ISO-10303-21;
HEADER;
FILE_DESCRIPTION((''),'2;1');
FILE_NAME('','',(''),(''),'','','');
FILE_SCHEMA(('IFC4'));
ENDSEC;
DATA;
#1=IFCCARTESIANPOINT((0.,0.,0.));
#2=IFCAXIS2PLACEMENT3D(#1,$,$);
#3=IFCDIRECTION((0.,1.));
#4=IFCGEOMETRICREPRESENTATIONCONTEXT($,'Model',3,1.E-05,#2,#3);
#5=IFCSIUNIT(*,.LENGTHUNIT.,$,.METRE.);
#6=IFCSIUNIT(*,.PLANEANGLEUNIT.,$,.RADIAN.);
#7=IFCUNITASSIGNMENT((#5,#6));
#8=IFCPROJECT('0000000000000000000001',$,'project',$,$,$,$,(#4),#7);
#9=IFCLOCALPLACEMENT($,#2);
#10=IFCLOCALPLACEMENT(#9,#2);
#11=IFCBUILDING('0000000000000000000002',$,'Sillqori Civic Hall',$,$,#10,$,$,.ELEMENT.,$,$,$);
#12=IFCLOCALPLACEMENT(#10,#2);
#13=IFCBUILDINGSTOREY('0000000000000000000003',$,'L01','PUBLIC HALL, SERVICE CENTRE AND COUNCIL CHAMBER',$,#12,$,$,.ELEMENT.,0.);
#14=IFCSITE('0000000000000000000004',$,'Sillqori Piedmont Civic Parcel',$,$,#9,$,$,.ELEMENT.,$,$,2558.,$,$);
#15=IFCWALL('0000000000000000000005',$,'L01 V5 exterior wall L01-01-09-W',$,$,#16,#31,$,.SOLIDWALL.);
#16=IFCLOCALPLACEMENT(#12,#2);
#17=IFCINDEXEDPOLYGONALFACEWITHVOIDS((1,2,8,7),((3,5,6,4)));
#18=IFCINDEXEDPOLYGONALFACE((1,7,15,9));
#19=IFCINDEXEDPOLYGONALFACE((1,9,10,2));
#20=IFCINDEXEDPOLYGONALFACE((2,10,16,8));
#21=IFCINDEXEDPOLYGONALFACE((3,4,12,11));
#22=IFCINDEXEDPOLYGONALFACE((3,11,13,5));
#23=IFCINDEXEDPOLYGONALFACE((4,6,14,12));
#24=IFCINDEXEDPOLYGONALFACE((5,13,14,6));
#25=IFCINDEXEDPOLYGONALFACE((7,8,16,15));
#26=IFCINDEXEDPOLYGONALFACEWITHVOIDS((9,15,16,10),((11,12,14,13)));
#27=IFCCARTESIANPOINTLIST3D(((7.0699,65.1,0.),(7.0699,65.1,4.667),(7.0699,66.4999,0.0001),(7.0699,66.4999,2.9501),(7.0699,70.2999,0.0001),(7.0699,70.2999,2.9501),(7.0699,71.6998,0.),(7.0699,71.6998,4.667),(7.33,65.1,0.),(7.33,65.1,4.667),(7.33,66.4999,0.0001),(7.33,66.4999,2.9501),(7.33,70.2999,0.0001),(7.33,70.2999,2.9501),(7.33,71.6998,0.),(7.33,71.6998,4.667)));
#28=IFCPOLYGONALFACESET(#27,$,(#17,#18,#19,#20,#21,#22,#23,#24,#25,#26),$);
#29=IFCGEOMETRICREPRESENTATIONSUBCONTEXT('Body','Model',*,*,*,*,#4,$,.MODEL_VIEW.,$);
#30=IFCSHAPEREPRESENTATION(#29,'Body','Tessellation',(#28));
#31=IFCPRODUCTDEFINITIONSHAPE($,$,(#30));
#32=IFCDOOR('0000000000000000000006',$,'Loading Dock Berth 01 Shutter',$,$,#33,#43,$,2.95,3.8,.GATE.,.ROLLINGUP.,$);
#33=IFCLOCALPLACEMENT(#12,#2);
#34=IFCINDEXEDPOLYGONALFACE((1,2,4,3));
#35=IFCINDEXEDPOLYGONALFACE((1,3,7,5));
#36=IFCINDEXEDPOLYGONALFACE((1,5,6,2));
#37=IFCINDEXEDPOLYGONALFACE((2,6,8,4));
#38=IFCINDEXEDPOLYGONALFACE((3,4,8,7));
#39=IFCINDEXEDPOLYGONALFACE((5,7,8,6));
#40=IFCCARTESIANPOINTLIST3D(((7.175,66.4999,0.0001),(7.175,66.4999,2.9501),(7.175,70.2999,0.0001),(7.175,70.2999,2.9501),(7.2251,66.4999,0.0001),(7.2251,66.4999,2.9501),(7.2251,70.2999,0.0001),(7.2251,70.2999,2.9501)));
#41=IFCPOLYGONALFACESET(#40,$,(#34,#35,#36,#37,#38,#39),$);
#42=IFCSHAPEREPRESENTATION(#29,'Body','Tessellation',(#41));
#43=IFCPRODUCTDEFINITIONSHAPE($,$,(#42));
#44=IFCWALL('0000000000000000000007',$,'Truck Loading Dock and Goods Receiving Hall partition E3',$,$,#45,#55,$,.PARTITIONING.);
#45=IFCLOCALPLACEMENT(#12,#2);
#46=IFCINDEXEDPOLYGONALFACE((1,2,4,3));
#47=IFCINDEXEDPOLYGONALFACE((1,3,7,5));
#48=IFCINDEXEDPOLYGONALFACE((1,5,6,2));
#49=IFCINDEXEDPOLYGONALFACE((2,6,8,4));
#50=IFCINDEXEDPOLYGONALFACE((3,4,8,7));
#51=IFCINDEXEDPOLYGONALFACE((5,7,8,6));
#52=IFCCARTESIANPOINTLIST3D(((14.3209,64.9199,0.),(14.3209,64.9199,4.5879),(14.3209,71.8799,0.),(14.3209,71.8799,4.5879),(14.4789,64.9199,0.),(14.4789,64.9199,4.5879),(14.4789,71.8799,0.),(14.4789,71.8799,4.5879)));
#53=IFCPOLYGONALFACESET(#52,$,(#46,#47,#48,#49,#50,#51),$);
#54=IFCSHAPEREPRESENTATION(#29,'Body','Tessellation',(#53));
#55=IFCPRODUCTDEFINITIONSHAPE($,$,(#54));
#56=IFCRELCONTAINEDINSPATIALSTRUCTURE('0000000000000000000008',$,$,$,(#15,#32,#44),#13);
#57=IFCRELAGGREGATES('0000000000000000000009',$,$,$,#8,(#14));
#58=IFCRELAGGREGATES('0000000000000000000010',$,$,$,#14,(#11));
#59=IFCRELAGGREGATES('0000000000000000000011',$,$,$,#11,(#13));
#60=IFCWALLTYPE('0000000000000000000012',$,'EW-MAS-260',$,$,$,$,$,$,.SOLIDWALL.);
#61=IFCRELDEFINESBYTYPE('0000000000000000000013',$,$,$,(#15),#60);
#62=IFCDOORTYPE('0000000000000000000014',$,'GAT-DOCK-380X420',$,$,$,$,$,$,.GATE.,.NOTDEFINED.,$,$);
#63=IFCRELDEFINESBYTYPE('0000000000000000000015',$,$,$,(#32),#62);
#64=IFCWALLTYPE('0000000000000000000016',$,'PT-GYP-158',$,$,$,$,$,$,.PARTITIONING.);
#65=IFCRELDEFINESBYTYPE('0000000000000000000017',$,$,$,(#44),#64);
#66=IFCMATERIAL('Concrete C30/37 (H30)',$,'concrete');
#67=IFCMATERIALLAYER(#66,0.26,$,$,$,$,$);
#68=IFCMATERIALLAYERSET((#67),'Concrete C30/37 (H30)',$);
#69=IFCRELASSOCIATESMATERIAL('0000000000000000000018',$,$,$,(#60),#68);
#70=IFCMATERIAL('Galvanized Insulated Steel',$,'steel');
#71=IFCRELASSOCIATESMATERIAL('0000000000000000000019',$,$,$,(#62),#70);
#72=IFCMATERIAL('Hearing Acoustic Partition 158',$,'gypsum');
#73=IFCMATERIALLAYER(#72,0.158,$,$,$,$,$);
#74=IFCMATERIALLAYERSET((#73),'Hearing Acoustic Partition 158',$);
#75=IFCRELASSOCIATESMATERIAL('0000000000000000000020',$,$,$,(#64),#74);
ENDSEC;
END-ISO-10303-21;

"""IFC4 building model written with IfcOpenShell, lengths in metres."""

from ifc_helpers import new_model, si_unit, direction, frame, frame_2d, origin, place, context, subcontext, project, spatial, rectangle, extrude, material, layer, layer_set, type_object, element, fill, save


model = new_model("IFC4")

# Units and contexts
model_context = context("Model", 3, precision=1e-05, world=origin(), true_north=direction((0.0, 1.0)))
body_context = subcontext(model_context, "Body", "Model", "MODEL_VIEW")
ifc_project = project(units=[si_unit("LENGTHUNIT", "METRE"), si_unit("PLANEANGLEUNIT", "RADIAN")], contexts=[model_context])

# Site, building, storey
site_placement = place(None, origin())
site = spatial("IfcSite", under=ifc_project, at=site_placement, Name="Sillqori Piedmont Civic Parcel", CompositionType="ELEMENT", RefElevation=2558.0)
building_placement = place(site_placement, origin())
building = spatial("IfcBuilding", under=site, at=building_placement, Name="Sillqori Civic Hall", CompositionType="ELEMENT")
storey_placement = place(building_placement, origin())
storey = spatial("IfcBuildingStorey", under=building, at=storey_placement, Name="L01", Description="PUBLIC HALL, SERVICE CENTRE AND COUNCIL CHAMBER", CompositionType="ELEMENT", Elevation=0.0)

# Wall, opening, door
ifc_material_1 = material(Name="Concrete C30/37 (H30)", Category="concrete")
ifc_layer_1 = layer(ifc_material_1, 0.26)
ifc_layer_set_1 = layer_set([ifc_layer_1], Name="Concrete C30/37 (H30)")
wall_type_1 = type_object("IfcWallType", Name="EW-MAS-260", PredefinedType="SOLIDWALL", material=ifc_layer_set_1)
wall_1_placement = place(storey_placement, frame((7.2, 65.1001, 0.0), z_axis=(0.0, 0.0, 1.0), x_axis=(0.0, 1.0, 0.0)))
wall_1 = element("IfcWall", 1, at=wall_1_placement, inside=storey, type_object=wall_type_1, Name="L01 V5 exterior wall L01-01-09-W", PredefinedType="SOLIDWALL", context=body_context, shape_type="SweptSolid", body=[
    extrude(rectangle(XDim=6.5999, YDim=0.26, at=frame_2d((3.2998, 0.0))), origin(), (0.0, 0.0, 1.0), 4.667),
])
opening_placement = place(wall_1_placement, frame((1.3999, 0.0, 0.0)))
opening = element("IfcOpeningElement", 2, at=opening_placement, cuts=wall_1, PredefinedType="OPENING", context=body_context, shape_type="SweptSolid", body=[
    extrude(rectangle(XDim=3.8, YDim=2.95, at=frame_2d((1.8999, 1.4751))), frame((0.0, 0.1399, 0.0), z_axis=(0.0, -1.0, 0.0), x_axis=(1.0, 0.0, 0.0)), (0.0, 0.0, 1.0), 0.28),
])
ifc_material_2 = material(Name="Galvanized Insulated Steel", Category="steel")
door_type = type_object("IfcDoorType", Name="GAT-DOCK-380X420", OperationType="NOTDEFINED", PredefinedType="GATE", material=ifc_material_2)
door_placement = place(opening_placement, origin())
door = element("IfcDoor", 3, at=door_placement, inside=storey, type_object=door_type, Name="Loading Dock Berth 01 Shutter", OperationType="ROLLINGUP", OverallHeight=2.95, OverallWidth=3.8, PredefinedType="GATE", context=body_context, shape_type="SweptSolid", body=[
    extrude(rectangle(XDim=3.8, YDim=2.95, at=frame_2d((1.8999, 1.4751))), frame((0.0, 0.0249, 0.0), z_axis=(0.0, -1.0, 0.0), x_axis=(1.0, 0.0, 0.0)), (0.0, 0.0, 1.0), 0.05),
])
fill(opening, door)

# Wall
ifc_material_3 = material(Name="Hearing Acoustic Partition 158", Category="gypsum")
ifc_layer_2 = layer(ifc_material_3, 0.158)
ifc_layer_set_2 = layer_set([ifc_layer_2], Name="Hearing Acoustic Partition 158")
wall_type_2 = type_object("IfcWallType", Name="PT-GYP-158", PredefinedType="PARTITIONING", material=ifc_layer_set_2)
wall_2_placement = place(storey_placement, frame((14.3999, 71.8799, 0.0), z_axis=(0.0, 0.0, 1.0), x_axis=(0.0, -1.0, 0.0)))
element("IfcWall", 4, at=wall_2_placement, inside=storey, type_object=wall_type_2, Name="Truck Loading Dock and Goods Receiving Hall partition E3", PredefinedType="PARTITIONING", context=body_context, shape_type="SweptSolid", body=[
    extrude(rectangle(XDim=6.96, YDim=0.158, at=frame_2d((3.48, 0.0))), origin(), (0.0, 0.0, 1.0), 4.5879),
])

save(model, "model.ifc")
